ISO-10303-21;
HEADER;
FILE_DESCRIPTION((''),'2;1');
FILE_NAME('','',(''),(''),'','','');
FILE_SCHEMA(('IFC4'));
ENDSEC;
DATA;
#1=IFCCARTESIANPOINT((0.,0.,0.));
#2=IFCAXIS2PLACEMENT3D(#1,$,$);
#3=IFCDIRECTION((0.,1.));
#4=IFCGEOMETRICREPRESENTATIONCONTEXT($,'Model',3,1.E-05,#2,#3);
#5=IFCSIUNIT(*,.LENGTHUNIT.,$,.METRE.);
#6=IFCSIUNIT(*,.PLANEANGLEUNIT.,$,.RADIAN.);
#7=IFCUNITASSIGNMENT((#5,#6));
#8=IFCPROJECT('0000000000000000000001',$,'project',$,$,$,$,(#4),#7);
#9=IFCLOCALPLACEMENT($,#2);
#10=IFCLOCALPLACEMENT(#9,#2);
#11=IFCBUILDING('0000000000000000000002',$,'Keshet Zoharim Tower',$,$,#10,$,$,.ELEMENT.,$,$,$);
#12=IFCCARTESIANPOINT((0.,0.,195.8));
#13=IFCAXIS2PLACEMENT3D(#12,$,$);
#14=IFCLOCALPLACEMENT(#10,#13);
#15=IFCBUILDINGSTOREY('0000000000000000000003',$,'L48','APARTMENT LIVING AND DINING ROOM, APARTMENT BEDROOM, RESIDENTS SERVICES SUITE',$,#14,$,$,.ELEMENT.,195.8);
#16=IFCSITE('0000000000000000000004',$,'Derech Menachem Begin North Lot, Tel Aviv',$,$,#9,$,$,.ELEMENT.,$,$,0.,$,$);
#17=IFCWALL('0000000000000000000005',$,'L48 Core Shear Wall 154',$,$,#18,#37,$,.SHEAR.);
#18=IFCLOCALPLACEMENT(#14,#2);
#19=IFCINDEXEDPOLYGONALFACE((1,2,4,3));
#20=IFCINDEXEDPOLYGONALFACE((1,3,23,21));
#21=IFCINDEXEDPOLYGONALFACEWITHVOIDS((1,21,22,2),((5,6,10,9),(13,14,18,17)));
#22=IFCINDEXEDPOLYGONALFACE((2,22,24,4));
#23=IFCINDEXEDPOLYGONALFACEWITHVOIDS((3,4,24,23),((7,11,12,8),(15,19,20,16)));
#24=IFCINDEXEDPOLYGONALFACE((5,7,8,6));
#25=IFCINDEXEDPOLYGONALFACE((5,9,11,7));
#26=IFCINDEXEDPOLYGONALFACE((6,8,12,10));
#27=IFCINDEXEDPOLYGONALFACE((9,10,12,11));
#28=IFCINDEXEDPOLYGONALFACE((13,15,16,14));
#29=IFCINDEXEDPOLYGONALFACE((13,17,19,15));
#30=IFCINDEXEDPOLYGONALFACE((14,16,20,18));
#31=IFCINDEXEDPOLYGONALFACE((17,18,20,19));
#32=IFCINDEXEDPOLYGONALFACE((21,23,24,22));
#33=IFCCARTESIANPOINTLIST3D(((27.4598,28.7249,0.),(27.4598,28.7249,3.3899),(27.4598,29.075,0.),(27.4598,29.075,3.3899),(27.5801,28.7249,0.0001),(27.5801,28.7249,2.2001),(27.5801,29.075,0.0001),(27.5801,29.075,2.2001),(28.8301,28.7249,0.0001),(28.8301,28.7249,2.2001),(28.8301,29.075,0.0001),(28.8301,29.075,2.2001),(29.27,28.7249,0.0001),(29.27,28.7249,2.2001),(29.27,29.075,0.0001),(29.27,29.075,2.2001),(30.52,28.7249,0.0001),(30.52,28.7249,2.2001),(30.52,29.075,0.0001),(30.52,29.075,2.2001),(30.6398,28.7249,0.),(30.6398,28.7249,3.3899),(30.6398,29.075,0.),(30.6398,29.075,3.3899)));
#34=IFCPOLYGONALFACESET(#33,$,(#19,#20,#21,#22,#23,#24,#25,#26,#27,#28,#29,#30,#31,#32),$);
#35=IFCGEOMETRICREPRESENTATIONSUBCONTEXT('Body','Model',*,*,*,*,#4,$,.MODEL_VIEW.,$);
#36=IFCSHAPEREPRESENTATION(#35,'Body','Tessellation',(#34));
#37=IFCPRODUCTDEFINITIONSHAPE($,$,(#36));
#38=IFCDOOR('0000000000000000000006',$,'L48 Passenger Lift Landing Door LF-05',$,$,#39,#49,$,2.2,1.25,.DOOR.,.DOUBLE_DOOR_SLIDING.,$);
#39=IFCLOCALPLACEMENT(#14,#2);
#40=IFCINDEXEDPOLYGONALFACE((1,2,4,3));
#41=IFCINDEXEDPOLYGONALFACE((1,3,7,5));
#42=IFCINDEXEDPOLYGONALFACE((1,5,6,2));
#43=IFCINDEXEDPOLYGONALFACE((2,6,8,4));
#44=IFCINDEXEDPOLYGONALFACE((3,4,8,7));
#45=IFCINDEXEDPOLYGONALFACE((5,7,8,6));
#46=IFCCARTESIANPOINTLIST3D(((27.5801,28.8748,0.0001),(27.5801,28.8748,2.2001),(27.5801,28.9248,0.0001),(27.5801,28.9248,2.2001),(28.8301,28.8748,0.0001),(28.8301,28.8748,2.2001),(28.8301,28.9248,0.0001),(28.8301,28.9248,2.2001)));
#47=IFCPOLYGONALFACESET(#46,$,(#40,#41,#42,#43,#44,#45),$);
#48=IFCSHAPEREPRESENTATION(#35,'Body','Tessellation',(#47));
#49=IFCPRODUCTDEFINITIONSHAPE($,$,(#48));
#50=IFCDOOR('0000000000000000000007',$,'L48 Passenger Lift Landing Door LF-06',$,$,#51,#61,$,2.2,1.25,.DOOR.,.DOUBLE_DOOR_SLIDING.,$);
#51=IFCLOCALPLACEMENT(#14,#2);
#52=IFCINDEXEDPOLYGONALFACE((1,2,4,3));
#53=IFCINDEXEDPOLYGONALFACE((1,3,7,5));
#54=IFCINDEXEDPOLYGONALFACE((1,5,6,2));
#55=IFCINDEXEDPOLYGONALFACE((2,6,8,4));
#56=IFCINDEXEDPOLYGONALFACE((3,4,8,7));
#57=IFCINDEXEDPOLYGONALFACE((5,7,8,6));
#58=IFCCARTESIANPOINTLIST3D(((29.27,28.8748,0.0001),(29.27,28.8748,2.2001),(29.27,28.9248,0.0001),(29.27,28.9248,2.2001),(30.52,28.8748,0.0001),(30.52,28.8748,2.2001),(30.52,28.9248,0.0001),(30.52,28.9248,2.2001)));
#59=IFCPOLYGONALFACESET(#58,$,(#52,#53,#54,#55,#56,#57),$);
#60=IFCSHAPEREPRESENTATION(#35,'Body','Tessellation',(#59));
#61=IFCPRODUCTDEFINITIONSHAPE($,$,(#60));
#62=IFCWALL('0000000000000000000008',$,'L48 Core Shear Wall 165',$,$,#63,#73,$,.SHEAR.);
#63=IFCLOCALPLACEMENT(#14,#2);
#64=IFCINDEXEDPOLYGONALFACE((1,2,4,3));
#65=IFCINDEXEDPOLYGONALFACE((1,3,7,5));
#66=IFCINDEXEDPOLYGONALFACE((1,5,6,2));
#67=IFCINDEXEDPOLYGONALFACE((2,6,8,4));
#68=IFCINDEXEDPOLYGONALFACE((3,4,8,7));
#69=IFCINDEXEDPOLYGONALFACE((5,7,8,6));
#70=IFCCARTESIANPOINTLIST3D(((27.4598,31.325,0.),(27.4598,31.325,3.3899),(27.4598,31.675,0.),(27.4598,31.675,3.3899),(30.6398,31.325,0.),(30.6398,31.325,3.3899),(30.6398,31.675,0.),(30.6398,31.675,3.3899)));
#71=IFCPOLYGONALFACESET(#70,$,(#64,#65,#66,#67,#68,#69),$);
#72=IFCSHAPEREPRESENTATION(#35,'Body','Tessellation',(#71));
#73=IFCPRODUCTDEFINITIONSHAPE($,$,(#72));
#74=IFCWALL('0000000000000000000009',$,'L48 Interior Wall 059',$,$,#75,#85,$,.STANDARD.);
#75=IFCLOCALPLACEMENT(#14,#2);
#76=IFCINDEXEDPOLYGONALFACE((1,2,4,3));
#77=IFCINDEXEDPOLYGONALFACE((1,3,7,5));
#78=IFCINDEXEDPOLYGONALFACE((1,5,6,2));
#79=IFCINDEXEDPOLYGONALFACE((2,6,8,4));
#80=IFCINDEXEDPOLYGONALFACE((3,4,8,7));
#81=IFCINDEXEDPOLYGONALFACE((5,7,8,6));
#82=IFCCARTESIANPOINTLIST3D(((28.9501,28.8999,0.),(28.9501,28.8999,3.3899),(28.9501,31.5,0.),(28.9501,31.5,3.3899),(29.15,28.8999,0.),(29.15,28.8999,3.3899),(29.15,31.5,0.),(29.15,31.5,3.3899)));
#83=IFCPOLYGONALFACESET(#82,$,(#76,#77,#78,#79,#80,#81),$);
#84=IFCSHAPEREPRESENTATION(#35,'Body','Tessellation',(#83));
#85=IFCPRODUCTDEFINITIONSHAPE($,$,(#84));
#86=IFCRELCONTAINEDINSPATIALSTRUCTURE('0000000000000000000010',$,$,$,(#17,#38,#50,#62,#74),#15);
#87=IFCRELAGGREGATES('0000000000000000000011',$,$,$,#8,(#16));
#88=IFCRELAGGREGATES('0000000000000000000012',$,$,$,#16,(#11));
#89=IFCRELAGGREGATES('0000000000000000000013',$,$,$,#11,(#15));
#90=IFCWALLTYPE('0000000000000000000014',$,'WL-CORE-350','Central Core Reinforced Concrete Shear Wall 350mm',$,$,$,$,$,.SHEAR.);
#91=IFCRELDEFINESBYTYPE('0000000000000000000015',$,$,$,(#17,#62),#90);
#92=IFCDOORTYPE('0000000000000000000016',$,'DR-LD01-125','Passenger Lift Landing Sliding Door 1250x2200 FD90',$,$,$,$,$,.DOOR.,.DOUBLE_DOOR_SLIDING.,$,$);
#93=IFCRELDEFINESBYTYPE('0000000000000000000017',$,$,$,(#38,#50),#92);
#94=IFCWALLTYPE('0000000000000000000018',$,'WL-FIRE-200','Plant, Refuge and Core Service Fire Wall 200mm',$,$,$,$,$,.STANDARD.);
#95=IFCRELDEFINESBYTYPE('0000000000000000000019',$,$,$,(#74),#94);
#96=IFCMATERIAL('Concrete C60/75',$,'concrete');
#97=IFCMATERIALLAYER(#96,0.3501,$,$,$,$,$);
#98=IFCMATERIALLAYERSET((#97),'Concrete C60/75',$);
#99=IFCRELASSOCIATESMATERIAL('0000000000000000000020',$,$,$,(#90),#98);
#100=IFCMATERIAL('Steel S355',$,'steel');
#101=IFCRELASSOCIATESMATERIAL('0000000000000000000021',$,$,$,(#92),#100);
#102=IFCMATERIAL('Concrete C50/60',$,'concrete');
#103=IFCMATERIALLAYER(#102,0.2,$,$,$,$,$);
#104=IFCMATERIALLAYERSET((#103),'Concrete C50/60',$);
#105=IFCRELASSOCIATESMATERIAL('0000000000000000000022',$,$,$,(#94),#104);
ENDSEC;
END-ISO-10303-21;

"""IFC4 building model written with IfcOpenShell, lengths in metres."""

from ifc_helpers import new_model, si_unit, direction, frame, frame_2d, origin, place, context, subcontext, project, spatial, rectangle, extrude, material, layer, layer_set, type_object, element, fill, save


model = new_model("IFC4")

# Units and contexts
model_context = context("Model", 3, precision=1e-05, world=origin(), true_north=direction((0.0, 1.0)))
body_context = subcontext(model_context, "Body", "Model", "MODEL_VIEW")
ifc_project = project(units=[si_unit("LENGTHUNIT", "METRE"), si_unit("PLANEANGLEUNIT", "RADIAN")], contexts=[model_context])

# Site, building, storey
site_placement = place(None, origin())
site = spatial("IfcSite", under=ifc_project, at=site_placement, Name="Derech Menachem Begin North Lot, Tel Aviv", CompositionType="ELEMENT", RefElevation=0.0)
building_placement = place(site_placement, origin())
building = spatial("IfcBuilding", under=site, at=building_placement, Name="Keshet Zoharim Tower", CompositionType="ELEMENT")
storey_placement = place(building_placement, frame((0.0, 0.0, 195.8)))
storey = spatial("IfcBuildingStorey", under=building, at=storey_placement, Name="L48", Description="APARTMENT LIVING AND DINING ROOM, APARTMENT BEDROOM, RESIDENTS SERVICES SUITE", CompositionType="ELEMENT", Elevation=195.8)

# Shared definitions
ifc_material_1 = material(Name="Concrete C60/75", Category="concrete")

# Shared definitions
ifc_material_2 = material(Name="Steel S355", Category="steel")

# Shared definitions
ifc_layer_1 = layer(ifc_material_1, 0.3501)
ifc_layer_set_1 = layer_set([ifc_layer_1], Name="Concrete C60/75")
wall_type_1 = type_object("IfcWallType", Name="WL-CORE-350", Description="Central Core Reinforced Concrete Shear Wall 350mm", PredefinedType="SHEAR", material=ifc_layer_set_1)

# Wall, openings, doors
door_type_1 = type_object("IfcDoorType", Name="DR-LD01-125", Description="Passenger Lift Landing Sliding Door 1250x2200 FD90", OperationType="DOUBLE_DOOR_SLIDING", PredefinedType="DOOR", material=ifc_material_2)
wall_1_placement = place(storey_placement, frame((27.46, 28.8999, 0.0), z_axis=(0.0, 0.0, 1.0), x_axis=(1.0, 0.0, 0.0)))
wall_1 = element("IfcWall", 1, at=wall_1_placement, inside=storey, type_object=wall_type_1, Name="L48 Core Shear Wall 154", PredefinedType="SHEAR", context=body_context, shape_type="SweptSolid", body=[
    extrude(rectangle(XDim=3.1799, YDim=0.3501, at=frame_2d((1.5898, 0.0))), origin(), (0.0, 0.0, 1.0), 3.3899),
])
opening_1_placement = place(wall_1_placement, frame((0.1201, 0.0, 0.0)))
opening_1 = element("IfcOpeningElement", 2, at=opening_1_placement, cuts=wall_1, PredefinedType="OPENING", context=body_context, shape_type="SweptSolid", body=[
    extrude(rectangle(XDim=1.25, YDim=2.2, at=frame_2d((0.625, 1.1001))), frame((0.0, 0.1851, 0.0), z_axis=(0.0, -1.0, 0.0), x_axis=(1.0, 0.0, 0.0)), (0.0, 0.0, 1.0), 0.3701),
])
opening_2_placement = place(wall_1_placement, frame((1.8101, 0.0, 0.0)))
opening_2 = element("IfcOpeningElement", 3, at=opening_2_placement, cuts=wall_1, PredefinedType="OPENING", context=body_context, shape_type="SweptSolid", body=[
    extrude(rectangle(XDim=1.25, YDim=2.2, at=frame_2d((0.625, 1.1001))), frame((0.0, 0.1851, 0.0), z_axis=(0.0, -1.0, 0.0), x_axis=(1.0, 0.0, 0.0)), (0.0, 0.0, 1.0), 0.3701),
])
door_1_placement = place(opening_1_placement, origin())
door_1 = element("IfcDoor", 4, at=door_1_placement, inside=storey, type_object=door_type_1, Name="L48 Passenger Lift Landing Door LF-05", OperationType="DOUBLE_DOOR_SLIDING", OverallHeight=2.2, OverallWidth=1.25, PredefinedType="DOOR", context=body_context, shape_type="SweptSolid", body=[
    extrude(rectangle(XDim=1.25, YDim=2.2, at=frame_2d((0.625, 1.1001))), frame((0.0, 0.0249, 0.0), z_axis=(0.0, -1.0, 0.0), x_axis=(1.0, 0.0, 0.0)), (0.0, 0.0, 1.0), 0.05),
])
fill(opening_1, door_1)
door_2_placement = place(opening_2_placement, origin())
door_2 = element("IfcDoor", 5, at=door_2_placement, inside=storey, type_object=door_type_1, Name="L48 Passenger Lift Landing Door LF-06", OperationType="DOUBLE_DOOR_SLIDING", OverallHeight=2.2, OverallWidth=1.25, PredefinedType="DOOR", context=body_context, shape_type="SweptSolid", body=[
    extrude(rectangle(XDim=1.25, YDim=2.2, at=frame_2d((0.625, 1.1001))), frame((0.0, 0.0249, 0.0), z_axis=(0.0, -1.0, 0.0), x_axis=(1.0, 0.0, 0.0)), (0.0, 0.0, 1.0), 0.05),
])
fill(opening_2, door_2)

# Walls
wall_2_placement = place(storey_placement, frame((27.46, 31.5, 0.0), z_axis=(0.0, 0.0, 1.0), x_axis=(1.0, 0.0, 0.0)))
element("IfcWall", 6, at=wall_2_placement, inside=storey, type_object=wall_type_1, Name="L48 Core Shear Wall 165", PredefinedType="SHEAR", context=body_context, shape_type="SweptSolid", body=[
    extrude(rectangle(XDim=3.1799, YDim=0.3501, at=frame_2d((1.5898, 0.0))), origin(), (0.0, 0.0, 1.0), 3.3899),
])
ifc_material_3 = material(Name="Concrete C50/60", Category="concrete")
ifc_layer_2 = layer(ifc_material_3, 0.2)
ifc_layer_set_2 = layer_set([ifc_layer_2], Name="Concrete C50/60")
wall_type_2 = type_object("IfcWallType", Name="WL-FIRE-200", Description="Plant, Refuge and Core Service Fire Wall 200mm", PredefinedType="STANDARD", material=ifc_layer_set_2)
wall_3_placement = place(storey_placement, frame((29.05, 28.8999, 0.0), z_axis=(0.0, 0.0, 1.0), x_axis=(0.0, 1.0, 0.0)))
element("IfcWall", 7, at=wall_3_placement, inside=storey, type_object=wall_type_2, Name="L48 Interior Wall 059", PredefinedType="STANDARD", context=body_context, shape_type="SweptSolid", body=[
    extrude(rectangle(XDim=2.6001, YDim=0.2, at=frame_2d((1.3, 0.0))), origin(), (0.0, 0.0, 1.0), 3.3899),
])

save(model, "model.ifc")
